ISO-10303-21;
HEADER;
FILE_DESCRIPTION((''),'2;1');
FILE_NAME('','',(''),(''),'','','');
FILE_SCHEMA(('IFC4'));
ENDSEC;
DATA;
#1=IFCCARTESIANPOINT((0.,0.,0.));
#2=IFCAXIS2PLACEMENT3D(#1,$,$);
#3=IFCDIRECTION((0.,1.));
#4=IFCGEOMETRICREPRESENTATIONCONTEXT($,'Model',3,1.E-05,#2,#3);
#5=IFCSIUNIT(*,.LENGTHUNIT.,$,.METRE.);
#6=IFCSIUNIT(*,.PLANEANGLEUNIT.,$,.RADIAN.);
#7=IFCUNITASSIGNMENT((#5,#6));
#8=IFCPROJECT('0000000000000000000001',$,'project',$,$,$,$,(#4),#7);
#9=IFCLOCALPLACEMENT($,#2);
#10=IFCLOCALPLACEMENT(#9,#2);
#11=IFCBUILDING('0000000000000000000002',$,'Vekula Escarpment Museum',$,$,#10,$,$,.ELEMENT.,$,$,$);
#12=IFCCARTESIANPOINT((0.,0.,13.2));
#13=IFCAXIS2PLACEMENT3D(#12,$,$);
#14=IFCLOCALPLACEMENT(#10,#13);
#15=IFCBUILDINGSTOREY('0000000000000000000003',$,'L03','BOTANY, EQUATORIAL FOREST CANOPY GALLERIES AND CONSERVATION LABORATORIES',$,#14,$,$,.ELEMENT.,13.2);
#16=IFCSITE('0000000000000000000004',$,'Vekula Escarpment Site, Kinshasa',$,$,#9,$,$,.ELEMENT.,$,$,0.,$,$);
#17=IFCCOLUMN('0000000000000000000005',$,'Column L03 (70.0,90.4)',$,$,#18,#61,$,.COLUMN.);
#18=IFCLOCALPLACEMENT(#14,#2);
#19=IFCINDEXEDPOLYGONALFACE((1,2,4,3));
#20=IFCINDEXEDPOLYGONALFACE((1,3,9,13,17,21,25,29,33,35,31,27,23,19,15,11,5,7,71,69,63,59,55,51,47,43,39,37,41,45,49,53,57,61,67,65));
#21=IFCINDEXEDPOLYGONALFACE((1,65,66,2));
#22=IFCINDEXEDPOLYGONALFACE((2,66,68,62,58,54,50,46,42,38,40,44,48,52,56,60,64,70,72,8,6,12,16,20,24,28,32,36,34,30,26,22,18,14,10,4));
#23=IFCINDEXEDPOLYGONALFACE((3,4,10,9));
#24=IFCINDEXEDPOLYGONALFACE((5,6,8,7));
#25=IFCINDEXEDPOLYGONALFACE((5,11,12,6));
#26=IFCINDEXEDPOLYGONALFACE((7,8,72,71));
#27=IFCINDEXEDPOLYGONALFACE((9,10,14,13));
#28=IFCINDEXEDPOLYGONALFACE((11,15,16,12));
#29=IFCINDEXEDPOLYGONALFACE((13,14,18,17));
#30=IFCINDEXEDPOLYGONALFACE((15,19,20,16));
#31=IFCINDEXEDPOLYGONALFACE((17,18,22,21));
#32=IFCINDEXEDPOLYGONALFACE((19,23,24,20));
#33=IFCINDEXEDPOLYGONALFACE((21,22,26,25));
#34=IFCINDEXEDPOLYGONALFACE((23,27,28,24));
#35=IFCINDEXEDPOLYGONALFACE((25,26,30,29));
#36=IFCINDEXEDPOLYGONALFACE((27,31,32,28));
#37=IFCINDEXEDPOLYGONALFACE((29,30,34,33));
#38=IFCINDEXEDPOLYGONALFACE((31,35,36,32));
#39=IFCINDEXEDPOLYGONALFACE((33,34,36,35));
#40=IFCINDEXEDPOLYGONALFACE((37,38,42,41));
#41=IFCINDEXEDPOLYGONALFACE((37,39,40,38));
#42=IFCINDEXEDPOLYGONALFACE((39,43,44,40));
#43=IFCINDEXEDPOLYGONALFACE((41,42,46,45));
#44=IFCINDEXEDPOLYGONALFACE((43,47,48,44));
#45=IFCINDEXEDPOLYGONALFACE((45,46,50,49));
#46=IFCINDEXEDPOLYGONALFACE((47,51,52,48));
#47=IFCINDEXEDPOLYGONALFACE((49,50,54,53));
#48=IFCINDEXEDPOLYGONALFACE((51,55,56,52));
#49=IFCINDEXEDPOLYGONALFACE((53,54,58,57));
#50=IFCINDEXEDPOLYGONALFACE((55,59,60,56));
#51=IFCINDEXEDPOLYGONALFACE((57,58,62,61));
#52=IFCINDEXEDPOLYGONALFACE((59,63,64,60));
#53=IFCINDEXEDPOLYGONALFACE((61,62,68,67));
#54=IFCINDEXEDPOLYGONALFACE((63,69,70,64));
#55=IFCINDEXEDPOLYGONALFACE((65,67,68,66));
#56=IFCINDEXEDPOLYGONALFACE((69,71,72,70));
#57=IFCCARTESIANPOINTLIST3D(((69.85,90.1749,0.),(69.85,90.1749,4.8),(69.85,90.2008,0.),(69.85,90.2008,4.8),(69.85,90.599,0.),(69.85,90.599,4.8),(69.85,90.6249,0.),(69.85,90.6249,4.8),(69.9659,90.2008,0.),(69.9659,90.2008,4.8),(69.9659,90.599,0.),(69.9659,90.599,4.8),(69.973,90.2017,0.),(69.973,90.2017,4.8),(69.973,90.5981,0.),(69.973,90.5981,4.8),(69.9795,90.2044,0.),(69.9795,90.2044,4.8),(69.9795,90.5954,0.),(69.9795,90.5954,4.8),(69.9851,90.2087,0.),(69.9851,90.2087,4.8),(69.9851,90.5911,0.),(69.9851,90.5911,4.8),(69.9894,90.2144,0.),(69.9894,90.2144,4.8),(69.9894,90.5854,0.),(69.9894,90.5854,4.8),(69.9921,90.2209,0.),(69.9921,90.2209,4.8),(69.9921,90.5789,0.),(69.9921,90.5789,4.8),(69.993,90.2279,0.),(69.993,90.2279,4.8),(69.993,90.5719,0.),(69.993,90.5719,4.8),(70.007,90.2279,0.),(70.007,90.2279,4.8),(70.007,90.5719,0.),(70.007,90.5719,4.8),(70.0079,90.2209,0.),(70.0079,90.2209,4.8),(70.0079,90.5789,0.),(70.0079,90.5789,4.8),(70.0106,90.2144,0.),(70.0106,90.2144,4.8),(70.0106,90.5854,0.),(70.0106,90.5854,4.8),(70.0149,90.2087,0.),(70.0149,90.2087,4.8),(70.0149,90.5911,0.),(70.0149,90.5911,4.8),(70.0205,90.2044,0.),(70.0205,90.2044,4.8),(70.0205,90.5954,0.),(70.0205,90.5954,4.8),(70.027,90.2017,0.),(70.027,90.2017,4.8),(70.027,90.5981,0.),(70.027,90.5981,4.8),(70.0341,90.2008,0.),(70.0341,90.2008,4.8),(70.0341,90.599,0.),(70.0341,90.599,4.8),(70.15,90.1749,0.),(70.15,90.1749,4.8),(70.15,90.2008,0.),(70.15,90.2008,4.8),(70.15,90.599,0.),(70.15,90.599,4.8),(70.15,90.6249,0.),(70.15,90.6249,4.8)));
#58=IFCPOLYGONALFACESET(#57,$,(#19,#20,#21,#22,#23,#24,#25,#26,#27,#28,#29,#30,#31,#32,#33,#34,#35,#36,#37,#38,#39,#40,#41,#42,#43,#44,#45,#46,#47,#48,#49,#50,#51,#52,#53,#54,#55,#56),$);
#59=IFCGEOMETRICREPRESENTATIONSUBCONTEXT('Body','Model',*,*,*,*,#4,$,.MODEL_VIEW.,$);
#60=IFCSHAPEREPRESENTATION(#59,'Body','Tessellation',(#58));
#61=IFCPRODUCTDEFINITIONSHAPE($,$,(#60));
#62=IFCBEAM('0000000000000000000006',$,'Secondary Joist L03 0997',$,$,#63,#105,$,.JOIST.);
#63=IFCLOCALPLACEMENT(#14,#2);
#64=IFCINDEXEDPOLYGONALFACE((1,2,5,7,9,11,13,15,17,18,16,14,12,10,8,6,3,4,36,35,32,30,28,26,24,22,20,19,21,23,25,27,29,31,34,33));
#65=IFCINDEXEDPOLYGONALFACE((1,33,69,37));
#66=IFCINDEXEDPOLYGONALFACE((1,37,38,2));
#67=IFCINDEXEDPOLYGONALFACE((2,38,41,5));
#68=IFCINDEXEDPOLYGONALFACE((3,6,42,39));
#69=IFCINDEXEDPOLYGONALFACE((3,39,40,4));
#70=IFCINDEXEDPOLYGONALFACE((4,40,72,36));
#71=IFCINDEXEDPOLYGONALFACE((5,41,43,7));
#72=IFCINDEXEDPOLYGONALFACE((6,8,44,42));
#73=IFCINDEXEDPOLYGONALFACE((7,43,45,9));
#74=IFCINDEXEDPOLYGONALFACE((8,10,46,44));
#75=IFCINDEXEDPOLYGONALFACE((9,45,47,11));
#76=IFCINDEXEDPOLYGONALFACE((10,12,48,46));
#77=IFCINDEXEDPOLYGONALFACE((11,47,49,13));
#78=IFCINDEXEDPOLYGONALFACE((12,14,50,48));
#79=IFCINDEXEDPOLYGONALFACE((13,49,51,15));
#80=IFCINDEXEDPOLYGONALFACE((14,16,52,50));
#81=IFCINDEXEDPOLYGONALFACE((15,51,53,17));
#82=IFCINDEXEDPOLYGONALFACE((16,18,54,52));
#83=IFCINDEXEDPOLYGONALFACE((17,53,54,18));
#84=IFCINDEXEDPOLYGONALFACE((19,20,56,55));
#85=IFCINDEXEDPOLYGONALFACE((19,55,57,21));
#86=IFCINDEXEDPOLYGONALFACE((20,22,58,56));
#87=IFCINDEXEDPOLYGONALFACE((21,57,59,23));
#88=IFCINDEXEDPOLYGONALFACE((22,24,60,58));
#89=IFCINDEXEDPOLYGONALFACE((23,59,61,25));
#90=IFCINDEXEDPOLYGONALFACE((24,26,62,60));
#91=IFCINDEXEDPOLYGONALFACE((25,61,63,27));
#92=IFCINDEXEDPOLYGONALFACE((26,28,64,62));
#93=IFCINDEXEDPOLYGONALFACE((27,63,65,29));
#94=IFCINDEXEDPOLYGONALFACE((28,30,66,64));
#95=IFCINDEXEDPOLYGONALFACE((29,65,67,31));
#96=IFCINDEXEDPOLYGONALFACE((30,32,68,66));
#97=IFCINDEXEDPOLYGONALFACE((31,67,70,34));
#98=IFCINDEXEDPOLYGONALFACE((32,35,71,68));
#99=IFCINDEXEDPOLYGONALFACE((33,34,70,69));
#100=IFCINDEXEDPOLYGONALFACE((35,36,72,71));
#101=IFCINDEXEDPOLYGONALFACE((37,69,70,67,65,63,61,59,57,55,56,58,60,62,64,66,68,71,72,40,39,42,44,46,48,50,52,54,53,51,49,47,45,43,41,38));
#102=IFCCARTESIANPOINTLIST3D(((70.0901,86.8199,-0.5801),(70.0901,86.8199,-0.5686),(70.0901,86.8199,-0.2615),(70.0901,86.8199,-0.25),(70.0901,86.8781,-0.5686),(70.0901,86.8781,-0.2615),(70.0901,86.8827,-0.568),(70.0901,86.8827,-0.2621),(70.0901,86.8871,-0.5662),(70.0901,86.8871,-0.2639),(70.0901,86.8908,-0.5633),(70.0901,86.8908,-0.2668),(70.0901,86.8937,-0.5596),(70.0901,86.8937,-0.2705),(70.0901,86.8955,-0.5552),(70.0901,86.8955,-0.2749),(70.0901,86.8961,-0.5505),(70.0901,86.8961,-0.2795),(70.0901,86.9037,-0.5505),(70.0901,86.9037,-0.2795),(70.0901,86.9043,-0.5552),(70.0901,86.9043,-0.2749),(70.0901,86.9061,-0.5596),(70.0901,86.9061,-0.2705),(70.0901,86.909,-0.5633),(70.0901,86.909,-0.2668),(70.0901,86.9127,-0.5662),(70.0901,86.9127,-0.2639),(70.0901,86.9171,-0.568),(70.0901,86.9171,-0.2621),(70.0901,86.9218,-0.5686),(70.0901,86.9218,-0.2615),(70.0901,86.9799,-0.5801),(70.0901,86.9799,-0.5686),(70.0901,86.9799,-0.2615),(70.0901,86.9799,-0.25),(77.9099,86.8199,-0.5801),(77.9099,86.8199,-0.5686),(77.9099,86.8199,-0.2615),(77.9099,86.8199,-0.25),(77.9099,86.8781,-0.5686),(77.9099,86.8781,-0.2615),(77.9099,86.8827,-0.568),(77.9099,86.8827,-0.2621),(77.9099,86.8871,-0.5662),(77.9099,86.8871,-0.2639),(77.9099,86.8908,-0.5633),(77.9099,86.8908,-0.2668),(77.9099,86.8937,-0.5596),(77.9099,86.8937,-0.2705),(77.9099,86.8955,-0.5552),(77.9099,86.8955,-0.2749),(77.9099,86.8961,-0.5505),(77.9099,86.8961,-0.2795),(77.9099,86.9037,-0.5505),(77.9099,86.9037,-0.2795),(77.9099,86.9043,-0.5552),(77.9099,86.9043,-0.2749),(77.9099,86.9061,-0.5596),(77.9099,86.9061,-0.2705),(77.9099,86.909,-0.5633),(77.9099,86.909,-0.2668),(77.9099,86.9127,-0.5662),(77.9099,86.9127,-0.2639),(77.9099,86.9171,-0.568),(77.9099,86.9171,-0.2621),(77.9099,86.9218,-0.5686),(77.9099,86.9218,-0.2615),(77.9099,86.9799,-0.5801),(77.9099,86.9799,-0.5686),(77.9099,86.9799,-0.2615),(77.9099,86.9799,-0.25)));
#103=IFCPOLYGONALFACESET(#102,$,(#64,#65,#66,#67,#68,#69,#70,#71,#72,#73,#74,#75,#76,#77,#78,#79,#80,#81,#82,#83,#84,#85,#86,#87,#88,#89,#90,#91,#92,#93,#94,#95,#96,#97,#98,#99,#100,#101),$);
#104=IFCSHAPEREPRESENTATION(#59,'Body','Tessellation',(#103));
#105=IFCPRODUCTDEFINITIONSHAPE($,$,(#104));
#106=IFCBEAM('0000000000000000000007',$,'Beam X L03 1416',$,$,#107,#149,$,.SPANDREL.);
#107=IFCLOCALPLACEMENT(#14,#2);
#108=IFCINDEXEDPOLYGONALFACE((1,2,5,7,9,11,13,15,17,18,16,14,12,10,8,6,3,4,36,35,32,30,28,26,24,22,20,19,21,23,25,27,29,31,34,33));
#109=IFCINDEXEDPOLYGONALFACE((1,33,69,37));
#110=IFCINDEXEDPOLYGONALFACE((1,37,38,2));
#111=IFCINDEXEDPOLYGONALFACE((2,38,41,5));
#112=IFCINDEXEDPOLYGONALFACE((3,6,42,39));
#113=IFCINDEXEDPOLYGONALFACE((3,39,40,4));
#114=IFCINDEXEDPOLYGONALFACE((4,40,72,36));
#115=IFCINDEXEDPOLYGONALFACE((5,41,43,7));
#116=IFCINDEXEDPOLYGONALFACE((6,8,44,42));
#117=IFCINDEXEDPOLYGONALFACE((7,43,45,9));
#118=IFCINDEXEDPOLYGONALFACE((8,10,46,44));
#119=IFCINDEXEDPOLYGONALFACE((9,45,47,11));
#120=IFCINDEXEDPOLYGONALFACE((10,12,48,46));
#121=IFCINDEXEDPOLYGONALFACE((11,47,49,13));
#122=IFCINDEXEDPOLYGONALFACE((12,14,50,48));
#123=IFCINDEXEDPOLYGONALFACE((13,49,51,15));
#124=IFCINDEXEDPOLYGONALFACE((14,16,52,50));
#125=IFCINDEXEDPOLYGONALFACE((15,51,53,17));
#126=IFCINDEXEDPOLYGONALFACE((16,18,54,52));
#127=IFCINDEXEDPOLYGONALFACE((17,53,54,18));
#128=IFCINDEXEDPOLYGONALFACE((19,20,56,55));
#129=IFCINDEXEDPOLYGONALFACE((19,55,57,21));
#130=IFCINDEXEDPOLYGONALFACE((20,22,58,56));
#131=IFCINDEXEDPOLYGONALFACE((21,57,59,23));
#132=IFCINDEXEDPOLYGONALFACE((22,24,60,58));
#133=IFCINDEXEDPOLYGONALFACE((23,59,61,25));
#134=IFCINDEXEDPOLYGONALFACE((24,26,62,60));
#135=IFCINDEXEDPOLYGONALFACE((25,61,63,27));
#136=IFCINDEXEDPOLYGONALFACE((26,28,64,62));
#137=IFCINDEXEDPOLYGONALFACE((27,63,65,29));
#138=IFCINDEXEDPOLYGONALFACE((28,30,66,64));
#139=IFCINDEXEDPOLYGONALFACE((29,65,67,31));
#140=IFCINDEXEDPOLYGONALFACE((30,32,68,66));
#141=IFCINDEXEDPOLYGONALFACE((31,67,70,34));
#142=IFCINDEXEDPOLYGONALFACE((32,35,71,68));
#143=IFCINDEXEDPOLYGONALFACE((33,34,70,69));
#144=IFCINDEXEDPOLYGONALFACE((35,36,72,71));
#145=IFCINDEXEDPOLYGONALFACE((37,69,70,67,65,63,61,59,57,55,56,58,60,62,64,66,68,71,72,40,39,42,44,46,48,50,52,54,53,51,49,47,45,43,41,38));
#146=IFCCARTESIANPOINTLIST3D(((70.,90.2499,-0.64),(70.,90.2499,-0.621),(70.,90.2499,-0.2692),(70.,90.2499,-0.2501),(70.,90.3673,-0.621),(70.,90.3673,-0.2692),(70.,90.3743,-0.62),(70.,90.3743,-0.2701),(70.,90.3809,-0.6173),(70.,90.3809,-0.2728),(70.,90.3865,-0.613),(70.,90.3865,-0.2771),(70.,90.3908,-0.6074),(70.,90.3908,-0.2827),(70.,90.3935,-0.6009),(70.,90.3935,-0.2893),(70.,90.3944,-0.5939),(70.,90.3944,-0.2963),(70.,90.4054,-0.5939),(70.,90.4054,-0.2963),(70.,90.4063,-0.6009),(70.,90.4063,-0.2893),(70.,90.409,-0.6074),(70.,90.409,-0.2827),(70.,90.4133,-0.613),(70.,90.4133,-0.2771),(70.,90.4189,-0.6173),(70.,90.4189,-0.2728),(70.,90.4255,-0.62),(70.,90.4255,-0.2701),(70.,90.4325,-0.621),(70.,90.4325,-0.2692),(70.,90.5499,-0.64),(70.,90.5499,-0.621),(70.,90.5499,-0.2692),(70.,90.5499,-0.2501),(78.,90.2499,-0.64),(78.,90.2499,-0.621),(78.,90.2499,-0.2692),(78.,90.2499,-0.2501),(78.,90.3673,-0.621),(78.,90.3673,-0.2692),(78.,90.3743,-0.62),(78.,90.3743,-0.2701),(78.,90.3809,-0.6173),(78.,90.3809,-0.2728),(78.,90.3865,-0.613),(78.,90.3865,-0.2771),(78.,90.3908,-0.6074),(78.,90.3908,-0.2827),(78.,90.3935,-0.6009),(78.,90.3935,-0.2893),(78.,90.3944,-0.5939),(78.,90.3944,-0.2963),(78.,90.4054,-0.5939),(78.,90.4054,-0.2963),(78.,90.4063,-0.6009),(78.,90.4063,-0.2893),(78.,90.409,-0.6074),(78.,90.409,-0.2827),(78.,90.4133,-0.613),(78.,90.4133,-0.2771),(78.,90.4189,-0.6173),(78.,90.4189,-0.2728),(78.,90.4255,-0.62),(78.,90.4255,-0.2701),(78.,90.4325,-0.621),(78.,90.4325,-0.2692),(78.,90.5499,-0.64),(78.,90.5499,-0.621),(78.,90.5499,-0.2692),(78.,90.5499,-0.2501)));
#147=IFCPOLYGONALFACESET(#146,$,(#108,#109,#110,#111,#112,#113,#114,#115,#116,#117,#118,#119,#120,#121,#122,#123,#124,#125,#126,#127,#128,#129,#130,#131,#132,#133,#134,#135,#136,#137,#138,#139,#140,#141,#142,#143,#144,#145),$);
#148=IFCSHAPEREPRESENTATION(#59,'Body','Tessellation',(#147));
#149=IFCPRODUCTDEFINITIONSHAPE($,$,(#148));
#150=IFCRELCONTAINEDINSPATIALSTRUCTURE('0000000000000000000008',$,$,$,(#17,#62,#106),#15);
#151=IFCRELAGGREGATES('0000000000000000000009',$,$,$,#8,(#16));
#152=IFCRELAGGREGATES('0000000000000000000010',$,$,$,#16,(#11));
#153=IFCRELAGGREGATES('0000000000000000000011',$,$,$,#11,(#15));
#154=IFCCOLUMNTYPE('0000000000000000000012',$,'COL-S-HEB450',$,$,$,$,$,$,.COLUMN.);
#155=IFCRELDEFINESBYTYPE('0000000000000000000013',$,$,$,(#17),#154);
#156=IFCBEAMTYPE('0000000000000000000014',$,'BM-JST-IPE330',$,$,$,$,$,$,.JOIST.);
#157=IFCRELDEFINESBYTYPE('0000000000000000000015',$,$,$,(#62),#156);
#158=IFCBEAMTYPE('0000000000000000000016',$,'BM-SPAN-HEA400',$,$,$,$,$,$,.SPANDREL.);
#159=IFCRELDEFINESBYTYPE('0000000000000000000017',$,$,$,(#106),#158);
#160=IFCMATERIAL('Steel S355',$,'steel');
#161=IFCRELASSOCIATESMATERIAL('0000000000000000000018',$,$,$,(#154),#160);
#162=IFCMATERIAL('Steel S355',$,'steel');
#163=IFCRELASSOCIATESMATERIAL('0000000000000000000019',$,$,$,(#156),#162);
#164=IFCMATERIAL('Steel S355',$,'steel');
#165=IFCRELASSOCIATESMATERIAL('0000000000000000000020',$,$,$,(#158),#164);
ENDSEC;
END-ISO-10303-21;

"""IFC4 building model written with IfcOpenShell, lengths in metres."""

from ifc_helpers import new_model, si_unit, direction, frame, origin, origin_2d, place, context, subcontext, project, spatial, i_section, extrude, material, material_profile, profile_set, type_object, element, save


model = new_model("IFC4")

# Units and contexts
model_context = context("Model", 3, precision=1e-05, world=origin(), true_north=direction((0.0, 1.0)))
body_context = subcontext(model_context, "Body", "Model", "MODEL_VIEW")
ifc_project = project(units=[si_unit("LENGTHUNIT", "METRE"), si_unit("PLANEANGLEUNIT", "RADIAN")], contexts=[model_context])

# Site, building, storey
site_placement = place(None, origin())
site = spatial("IfcSite", under=ifc_project, at=site_placement, Name="Vekula Escarpment Site, Kinshasa", CompositionType="ELEMENT", RefElevation=0.0)
building_placement = place(site_placement, origin())
building = spatial("IfcBuilding", under=site, at=building_placement, Name="Vekula Escarpment Museum", CompositionType="ELEMENT")
storey_placement = place(building_placement, frame((0.0, 0.0, 13.2)))
storey = spatial("IfcBuildingStorey", under=building, at=storey_placement, Name="L03", Description="BOTANY, EQUATORIAL FOREST CANOPY GALLERIES AND CONSERVATION LABORATORIES", CompositionType="ELEMENT", Elevation=13.2)

# Column
ifc_material_1 = material(Name="Steel S355", Category="steel")
ifc_material_profile_1 = material_profile(ifc_material_1, i_section(OverallWidth=0.3, OverallDepth=0.45, WebThickness=0.0139, FlangeThickness=0.0259, FilletRadius=0.0271, at=origin_2d()), Name="HEB 450")
ifc_profile_set_1 = profile_set([ifc_material_profile_1], Name="Steel S355")
column_type = type_object("IfcColumnType", Name="COL-S-HEB450", PredefinedType="COLUMN", material=ifc_profile_set_1)
column_placement = place(storey_placement, frame((70.0, 90.3999, 0.0), z_axis=(0.0, 0.0, 1.0), x_axis=(1.0, 0.0, 0.0)))
element("IfcColumn", 1, at=column_placement, inside=storey, type_object=column_type, Name="Column L03 (70.0,90.4)", PredefinedType="COLUMN", context=body_context, shape_type="SweptSolid", body=[
    extrude(i_section(OverallWidth=0.3, OverallDepth=0.45, WebThickness=0.0139, FlangeThickness=0.0259, FilletRadius=0.0271, at=origin_2d()), origin(), (0.0, 0.0, 1.0), 4.8),
])

# Beams
ifc_material_2 = material(Name="Steel S355", Category="steel")
ifc_material_profile_2 = material_profile(ifc_material_2, i_section(OverallWidth=0.1599, OverallDepth=0.3301, WebThickness=0.0076, FlangeThickness=0.0115, FilletRadius=0.0181, at=origin_2d()), Name="IPE 330")
ifc_profile_set_2 = profile_set([ifc_material_profile_2], Name="Steel S355")
beam_type_1 = type_object("IfcBeamType", Name="BM-JST-IPE330", PredefinedType="JOIST", material=ifc_profile_set_2)
beam_1_placement = place(storey_placement, frame((70.0901, 86.8999, -0.415), z_axis=(1.0, 0.0, 0.0), x_axis=(0.0, 1.0, 0.0)))
element("IfcBeam", 2, at=beam_1_placement, inside=storey, type_object=beam_type_1, Name="Secondary Joist L03 0997", PredefinedType="JOIST", context=body_context, shape_type="SweptSolid", body=[
    extrude(i_section(OverallWidth=0.1599, OverallDepth=0.3301, WebThickness=0.0076, FlangeThickness=0.0115, FilletRadius=0.0181, at=origin_2d()), origin(), (0.0, 0.0, 1.0), 7.8198),
])
ifc_material_3 = material(Name="Steel S355", Category="steel")
ifc_material_profile_3 = material_profile(ifc_material_3, i_section(OverallWidth=0.3, OverallDepth=0.3899, WebThickness=0.011, FlangeThickness=0.019, FilletRadius=0.0271, at=origin_2d()), Name="HEA 400")
ifc_profile_set_3 = profile_set([ifc_material_profile_3], Name="Steel S355")
beam_type_2 = type_object("IfcBeamType", Name="BM-SPAN-HEA400", PredefinedType="SPANDREL", material=ifc_profile_set_3)
beam_2_placement = place(storey_placement, frame((70.0, 90.3999, -0.4451), z_axis=(1.0, 0.0, 0.0), x_axis=(0.0, 1.0, 0.0)))
element("IfcBeam", 3, at=beam_2_placement, inside=storey, type_object=beam_type_2, Name="Beam X L03 1416", PredefinedType="SPANDREL", context=body_context, shape_type="SweptSolid", body=[
    extrude(i_section(OverallWidth=0.3, OverallDepth=0.3899, WebThickness=0.011, FlangeThickness=0.019, FilletRadius=0.0271, at=origin_2d()), origin(), (0.0, 0.0, 1.0), 8.0),
])

save(model, "model.ifc")
